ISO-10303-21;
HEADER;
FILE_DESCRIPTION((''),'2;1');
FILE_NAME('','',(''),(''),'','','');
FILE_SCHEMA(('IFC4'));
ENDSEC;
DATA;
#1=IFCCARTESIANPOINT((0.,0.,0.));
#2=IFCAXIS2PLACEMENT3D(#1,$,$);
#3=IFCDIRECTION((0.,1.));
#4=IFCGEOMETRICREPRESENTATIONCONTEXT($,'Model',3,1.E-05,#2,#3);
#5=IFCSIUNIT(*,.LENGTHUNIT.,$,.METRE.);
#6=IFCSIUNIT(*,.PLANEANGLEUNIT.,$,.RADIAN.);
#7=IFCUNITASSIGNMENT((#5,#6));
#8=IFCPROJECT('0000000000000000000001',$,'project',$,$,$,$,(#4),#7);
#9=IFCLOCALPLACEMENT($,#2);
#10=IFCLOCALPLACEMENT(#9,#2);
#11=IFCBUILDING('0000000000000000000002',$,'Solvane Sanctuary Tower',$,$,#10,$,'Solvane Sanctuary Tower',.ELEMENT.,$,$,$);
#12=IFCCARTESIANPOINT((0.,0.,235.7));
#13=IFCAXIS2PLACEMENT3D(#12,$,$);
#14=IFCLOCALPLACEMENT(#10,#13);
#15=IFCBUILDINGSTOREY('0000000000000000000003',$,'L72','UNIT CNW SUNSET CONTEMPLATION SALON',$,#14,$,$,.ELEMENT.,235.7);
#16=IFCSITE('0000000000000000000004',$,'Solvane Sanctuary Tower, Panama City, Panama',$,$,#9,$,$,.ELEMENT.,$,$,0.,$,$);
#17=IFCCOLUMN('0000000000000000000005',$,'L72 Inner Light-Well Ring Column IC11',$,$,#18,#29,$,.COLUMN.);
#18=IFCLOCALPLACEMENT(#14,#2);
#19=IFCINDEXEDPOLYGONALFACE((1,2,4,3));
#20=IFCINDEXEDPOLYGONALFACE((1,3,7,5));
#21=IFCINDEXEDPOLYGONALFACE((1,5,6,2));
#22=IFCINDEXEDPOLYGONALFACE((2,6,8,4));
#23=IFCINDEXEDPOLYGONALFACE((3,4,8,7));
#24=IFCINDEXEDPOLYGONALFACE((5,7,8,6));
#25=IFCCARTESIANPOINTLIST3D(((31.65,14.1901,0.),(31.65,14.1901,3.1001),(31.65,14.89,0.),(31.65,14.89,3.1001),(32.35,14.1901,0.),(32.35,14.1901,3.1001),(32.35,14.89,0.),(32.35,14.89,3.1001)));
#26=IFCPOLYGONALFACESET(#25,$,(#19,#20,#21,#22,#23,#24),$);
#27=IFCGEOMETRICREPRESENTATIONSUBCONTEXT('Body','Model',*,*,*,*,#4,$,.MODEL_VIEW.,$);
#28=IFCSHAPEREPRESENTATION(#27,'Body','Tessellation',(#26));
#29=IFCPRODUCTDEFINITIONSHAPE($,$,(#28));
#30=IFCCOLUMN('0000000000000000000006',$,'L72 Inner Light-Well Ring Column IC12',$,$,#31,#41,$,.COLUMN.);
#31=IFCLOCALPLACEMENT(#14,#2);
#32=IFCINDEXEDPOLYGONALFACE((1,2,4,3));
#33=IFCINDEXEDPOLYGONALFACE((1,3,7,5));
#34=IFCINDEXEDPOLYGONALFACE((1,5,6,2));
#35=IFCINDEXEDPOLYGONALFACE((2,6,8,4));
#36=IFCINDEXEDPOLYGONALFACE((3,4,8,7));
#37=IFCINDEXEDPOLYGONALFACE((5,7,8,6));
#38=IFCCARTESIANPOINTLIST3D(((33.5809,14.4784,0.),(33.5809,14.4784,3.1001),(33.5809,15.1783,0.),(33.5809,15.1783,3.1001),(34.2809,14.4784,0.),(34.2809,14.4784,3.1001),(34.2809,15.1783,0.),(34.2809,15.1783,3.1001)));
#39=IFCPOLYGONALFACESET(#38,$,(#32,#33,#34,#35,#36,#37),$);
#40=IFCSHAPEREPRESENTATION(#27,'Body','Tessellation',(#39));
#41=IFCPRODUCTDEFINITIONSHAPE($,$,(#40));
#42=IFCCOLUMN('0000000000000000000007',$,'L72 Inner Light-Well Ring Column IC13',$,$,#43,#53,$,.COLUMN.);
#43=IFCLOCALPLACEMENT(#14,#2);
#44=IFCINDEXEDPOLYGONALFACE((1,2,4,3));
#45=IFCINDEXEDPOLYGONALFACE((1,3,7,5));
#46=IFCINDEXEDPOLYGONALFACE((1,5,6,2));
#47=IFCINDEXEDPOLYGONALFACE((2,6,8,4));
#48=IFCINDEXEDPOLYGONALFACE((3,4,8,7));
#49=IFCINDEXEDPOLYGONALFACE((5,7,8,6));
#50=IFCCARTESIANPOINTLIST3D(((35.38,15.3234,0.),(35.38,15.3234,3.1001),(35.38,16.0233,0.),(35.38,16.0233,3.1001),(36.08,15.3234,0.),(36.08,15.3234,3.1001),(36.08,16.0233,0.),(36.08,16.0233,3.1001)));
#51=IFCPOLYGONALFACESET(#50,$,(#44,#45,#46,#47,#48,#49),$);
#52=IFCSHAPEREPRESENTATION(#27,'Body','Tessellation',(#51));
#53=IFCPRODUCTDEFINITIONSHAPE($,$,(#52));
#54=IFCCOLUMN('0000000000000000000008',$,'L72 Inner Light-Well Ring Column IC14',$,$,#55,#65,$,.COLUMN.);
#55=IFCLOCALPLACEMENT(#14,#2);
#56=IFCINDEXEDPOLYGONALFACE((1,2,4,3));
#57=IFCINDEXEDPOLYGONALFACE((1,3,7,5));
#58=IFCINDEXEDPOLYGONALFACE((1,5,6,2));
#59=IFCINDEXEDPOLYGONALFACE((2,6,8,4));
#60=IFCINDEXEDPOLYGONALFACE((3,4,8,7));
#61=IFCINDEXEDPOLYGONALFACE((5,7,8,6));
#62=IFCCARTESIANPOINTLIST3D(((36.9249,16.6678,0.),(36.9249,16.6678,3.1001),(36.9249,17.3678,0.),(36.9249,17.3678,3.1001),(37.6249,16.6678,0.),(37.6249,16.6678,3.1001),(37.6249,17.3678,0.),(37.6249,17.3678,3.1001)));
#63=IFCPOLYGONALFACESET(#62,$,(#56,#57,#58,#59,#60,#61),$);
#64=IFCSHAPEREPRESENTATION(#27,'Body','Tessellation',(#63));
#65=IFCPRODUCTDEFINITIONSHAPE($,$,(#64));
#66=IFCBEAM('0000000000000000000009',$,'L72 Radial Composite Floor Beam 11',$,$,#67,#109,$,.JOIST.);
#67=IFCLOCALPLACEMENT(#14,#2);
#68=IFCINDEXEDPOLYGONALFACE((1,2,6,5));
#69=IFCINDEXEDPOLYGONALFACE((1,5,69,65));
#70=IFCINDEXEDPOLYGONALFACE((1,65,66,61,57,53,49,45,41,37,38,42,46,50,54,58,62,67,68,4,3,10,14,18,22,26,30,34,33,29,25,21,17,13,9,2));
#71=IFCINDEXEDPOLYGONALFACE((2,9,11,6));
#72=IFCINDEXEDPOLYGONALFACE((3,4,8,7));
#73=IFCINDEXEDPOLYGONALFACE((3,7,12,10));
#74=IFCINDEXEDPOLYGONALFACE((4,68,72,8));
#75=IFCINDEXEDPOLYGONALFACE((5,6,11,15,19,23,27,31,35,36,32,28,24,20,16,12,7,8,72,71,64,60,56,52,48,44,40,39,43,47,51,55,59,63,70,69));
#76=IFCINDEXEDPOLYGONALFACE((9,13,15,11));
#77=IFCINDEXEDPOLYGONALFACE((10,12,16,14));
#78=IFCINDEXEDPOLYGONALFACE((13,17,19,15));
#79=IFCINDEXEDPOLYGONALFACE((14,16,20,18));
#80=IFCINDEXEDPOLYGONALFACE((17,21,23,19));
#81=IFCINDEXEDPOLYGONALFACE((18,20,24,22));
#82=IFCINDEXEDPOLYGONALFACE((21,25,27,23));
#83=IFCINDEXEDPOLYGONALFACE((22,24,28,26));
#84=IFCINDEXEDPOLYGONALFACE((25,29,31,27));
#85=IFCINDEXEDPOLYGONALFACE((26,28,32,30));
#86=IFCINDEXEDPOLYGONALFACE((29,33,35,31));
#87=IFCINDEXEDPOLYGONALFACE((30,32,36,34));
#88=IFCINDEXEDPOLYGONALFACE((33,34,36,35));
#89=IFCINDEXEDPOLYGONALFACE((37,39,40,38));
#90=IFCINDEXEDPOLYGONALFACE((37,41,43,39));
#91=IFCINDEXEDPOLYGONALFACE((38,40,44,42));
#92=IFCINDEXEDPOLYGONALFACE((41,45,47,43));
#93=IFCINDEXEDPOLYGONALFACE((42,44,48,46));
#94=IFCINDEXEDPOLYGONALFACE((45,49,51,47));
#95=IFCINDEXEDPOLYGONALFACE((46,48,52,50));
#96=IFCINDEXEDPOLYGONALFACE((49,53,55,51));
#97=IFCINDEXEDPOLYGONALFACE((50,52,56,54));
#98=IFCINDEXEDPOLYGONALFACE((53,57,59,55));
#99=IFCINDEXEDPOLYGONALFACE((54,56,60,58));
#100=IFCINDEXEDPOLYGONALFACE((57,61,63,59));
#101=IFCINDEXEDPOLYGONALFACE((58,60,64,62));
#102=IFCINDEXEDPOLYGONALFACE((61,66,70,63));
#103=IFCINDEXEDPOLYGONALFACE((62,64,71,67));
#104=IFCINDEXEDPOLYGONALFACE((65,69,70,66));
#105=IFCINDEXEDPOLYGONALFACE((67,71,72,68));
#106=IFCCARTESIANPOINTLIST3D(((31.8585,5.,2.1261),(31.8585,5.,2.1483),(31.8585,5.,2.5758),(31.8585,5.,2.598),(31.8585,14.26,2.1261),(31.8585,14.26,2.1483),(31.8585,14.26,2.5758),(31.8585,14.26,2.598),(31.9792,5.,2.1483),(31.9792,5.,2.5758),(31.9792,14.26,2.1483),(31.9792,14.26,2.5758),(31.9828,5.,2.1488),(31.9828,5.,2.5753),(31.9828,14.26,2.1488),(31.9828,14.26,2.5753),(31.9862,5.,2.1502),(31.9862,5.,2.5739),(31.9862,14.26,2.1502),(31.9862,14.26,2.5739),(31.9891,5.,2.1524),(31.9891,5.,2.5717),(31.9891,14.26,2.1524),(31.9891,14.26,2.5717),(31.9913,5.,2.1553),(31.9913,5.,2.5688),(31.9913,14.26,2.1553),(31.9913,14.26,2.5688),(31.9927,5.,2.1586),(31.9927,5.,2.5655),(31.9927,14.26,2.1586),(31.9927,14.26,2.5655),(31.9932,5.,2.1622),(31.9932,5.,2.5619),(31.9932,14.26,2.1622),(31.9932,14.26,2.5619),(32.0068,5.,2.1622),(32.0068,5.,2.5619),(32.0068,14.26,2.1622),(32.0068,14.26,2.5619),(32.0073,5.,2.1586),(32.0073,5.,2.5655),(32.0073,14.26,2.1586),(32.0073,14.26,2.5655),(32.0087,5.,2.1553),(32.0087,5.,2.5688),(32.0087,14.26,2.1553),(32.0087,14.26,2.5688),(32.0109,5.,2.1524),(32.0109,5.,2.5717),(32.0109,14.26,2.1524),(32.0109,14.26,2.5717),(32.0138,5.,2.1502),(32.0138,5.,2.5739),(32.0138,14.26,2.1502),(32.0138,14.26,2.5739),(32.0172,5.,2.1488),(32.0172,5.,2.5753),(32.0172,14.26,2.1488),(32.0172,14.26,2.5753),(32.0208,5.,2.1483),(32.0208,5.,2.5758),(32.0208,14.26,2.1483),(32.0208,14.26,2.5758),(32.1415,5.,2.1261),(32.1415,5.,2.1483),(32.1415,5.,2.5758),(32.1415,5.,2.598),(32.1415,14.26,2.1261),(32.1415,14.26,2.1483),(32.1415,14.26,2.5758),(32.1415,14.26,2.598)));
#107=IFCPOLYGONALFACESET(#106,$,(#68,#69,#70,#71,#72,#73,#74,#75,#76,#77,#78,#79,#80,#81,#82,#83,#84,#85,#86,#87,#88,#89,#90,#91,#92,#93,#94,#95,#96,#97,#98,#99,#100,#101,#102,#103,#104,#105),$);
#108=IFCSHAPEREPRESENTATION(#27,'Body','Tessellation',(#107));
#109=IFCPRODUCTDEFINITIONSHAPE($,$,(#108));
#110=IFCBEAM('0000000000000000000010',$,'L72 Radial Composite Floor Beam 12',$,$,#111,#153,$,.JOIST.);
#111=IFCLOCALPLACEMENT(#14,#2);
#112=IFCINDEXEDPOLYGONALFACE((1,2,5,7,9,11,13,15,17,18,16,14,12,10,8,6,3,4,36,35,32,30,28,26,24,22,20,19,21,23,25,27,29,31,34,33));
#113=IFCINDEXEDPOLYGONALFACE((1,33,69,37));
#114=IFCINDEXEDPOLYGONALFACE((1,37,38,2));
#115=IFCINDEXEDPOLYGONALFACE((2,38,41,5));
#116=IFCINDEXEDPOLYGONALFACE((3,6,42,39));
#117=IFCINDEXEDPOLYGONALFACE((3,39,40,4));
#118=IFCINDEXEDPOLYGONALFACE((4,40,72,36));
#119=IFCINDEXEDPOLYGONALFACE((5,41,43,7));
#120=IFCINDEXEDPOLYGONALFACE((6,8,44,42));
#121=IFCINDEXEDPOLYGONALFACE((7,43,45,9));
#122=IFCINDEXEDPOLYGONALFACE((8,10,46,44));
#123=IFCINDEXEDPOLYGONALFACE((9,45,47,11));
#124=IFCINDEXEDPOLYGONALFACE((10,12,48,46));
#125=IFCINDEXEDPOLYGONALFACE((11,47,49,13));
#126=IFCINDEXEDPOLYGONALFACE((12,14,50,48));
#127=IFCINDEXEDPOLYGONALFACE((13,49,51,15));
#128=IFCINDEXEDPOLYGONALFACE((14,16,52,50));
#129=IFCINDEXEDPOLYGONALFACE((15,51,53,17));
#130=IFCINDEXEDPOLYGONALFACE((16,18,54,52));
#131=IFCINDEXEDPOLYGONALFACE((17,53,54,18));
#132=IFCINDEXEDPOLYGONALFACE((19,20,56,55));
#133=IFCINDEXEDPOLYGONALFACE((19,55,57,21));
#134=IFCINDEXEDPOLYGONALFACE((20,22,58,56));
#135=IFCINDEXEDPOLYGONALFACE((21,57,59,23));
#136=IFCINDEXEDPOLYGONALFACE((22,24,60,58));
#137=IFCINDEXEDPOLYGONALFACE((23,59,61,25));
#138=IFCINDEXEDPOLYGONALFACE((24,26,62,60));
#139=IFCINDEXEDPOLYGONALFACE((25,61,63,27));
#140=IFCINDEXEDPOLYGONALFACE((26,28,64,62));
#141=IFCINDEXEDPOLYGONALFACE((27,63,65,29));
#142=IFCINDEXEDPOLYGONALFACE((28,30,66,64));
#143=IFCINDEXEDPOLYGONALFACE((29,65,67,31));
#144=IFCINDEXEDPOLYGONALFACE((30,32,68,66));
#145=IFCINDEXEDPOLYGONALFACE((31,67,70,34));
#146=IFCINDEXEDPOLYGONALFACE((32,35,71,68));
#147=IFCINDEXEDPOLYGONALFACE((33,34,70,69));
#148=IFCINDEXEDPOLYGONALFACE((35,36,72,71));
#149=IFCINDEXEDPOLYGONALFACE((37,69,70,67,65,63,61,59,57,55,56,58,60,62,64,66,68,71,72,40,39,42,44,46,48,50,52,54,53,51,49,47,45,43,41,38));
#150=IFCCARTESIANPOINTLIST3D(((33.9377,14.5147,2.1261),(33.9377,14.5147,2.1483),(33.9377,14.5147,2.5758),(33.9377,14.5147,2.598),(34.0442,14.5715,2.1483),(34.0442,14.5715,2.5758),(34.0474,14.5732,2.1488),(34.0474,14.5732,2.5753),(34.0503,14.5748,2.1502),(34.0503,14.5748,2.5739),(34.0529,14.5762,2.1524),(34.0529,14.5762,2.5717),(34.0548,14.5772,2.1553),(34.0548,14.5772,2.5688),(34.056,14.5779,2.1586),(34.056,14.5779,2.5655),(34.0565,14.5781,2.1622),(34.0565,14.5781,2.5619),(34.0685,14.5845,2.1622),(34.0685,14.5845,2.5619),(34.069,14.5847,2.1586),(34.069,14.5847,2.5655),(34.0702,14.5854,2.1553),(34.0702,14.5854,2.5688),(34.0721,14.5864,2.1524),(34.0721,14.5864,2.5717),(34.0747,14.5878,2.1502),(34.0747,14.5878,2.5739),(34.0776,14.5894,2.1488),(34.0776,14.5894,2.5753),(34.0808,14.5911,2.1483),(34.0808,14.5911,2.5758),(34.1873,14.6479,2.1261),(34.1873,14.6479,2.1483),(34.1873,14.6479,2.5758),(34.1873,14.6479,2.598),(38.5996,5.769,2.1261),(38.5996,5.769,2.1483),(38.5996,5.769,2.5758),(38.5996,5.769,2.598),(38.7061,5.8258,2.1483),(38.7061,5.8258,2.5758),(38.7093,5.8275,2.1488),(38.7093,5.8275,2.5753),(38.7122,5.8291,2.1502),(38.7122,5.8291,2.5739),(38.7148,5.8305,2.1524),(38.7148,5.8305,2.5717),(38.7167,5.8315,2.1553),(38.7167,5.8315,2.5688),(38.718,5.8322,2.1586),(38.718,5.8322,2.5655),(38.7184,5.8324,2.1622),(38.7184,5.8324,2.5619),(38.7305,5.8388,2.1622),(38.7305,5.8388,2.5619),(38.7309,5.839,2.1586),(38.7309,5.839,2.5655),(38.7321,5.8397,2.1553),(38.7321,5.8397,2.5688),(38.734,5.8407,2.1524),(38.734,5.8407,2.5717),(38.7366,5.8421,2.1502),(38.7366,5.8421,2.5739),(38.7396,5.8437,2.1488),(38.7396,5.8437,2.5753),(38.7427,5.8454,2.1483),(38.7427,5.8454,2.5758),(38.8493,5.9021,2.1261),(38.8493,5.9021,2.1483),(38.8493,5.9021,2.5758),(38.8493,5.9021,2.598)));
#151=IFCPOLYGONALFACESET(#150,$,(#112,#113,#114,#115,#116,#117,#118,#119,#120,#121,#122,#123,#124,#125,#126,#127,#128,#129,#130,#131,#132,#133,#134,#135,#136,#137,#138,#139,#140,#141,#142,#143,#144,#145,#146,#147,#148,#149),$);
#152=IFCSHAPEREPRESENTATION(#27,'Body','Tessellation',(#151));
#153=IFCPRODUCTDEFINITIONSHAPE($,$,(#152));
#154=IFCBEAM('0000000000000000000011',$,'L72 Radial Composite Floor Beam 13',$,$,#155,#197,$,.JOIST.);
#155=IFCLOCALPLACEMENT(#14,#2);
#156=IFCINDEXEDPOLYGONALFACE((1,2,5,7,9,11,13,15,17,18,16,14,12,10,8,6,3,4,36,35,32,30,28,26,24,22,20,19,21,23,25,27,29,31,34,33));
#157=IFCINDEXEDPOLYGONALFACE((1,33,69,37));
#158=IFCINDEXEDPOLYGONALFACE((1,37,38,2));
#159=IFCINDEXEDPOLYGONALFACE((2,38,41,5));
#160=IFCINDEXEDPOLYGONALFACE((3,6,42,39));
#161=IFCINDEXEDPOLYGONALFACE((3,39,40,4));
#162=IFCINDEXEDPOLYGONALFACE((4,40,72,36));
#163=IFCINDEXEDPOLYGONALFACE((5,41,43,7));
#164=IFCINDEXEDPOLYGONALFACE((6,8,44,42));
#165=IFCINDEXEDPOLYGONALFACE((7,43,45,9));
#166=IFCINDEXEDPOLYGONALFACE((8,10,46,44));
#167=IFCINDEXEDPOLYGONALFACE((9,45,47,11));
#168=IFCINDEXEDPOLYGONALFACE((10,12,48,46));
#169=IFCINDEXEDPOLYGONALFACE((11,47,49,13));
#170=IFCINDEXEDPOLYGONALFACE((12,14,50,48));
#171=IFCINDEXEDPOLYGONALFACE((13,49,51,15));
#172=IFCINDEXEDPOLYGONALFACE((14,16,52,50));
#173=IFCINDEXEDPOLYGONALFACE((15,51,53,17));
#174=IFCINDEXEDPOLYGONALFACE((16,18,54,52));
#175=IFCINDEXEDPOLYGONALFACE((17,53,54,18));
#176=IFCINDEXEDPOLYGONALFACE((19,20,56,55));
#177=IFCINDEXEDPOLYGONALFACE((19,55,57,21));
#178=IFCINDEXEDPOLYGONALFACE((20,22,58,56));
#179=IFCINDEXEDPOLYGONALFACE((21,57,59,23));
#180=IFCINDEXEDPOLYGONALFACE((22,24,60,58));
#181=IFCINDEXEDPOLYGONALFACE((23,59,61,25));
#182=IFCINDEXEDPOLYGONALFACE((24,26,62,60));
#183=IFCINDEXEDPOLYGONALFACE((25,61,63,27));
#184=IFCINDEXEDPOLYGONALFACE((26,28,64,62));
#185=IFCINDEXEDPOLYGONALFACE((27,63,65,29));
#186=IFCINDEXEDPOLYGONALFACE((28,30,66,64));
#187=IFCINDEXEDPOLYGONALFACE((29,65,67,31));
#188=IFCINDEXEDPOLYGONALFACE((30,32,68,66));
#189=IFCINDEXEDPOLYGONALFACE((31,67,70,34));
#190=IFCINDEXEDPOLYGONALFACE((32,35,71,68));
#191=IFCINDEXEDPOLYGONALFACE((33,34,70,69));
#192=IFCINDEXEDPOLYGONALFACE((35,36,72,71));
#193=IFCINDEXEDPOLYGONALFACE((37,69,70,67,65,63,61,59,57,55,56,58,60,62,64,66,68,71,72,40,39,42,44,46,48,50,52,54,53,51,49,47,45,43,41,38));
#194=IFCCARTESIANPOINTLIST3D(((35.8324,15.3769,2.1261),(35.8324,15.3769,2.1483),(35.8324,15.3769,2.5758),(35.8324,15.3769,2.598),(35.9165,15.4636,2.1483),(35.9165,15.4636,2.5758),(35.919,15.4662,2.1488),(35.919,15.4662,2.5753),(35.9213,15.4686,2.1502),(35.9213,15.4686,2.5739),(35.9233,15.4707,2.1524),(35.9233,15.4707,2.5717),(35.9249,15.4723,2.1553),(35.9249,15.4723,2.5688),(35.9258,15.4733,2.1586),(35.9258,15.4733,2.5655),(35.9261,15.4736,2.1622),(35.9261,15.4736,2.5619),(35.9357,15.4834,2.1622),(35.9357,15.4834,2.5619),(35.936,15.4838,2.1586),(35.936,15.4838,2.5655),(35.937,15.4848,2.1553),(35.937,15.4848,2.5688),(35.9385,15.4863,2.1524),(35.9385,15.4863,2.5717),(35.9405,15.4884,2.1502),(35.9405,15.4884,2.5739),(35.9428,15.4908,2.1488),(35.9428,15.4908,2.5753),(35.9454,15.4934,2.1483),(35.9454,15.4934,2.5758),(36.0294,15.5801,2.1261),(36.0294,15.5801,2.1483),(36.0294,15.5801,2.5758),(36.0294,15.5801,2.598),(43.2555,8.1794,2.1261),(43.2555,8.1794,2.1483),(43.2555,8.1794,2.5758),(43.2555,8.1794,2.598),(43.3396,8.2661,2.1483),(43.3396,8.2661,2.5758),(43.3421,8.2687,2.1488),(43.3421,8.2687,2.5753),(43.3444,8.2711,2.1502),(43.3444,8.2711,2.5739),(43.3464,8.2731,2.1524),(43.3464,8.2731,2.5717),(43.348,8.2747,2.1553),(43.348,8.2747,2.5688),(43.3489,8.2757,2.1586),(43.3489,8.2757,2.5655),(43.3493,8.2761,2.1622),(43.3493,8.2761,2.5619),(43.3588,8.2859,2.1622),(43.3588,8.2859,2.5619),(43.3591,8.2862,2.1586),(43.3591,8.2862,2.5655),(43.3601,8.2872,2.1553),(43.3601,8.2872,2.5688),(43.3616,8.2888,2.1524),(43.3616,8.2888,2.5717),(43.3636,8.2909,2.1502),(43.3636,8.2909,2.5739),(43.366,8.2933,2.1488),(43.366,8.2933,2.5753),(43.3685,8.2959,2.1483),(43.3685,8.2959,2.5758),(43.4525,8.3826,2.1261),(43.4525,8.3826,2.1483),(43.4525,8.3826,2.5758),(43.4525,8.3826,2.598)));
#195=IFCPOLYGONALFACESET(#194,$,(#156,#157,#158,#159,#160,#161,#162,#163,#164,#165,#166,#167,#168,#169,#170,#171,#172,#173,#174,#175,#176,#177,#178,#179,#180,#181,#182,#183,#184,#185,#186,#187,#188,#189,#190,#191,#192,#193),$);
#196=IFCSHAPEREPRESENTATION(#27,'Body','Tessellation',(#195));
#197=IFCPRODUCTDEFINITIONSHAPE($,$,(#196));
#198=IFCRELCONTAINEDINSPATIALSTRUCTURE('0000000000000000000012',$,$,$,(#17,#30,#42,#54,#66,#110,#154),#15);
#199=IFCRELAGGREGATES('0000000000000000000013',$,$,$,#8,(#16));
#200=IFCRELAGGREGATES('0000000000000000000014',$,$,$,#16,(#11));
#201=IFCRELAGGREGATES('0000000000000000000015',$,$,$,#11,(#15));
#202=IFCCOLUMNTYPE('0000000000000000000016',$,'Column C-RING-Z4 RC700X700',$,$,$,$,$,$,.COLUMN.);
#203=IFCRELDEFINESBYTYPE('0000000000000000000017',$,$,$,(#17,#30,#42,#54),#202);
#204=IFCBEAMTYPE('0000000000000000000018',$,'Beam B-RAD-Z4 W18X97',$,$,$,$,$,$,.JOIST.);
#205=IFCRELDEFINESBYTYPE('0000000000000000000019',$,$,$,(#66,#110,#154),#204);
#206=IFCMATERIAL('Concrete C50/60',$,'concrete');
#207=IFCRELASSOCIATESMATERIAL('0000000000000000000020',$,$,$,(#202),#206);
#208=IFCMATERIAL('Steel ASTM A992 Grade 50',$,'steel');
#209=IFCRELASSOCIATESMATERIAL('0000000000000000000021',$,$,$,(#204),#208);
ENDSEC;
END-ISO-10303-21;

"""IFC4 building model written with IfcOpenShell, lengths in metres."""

from ifc_helpers import new_model, si_unit, direction, frame, origin, origin_2d, place, context, subcontext, project, spatial, rectangle, i_section, extrude, material, material_profile, profile_set, type_object, element, save


model = new_model("IFC4")

# Units and contexts
model_context = context("Model", 3, precision=1e-05, world=origin(), true_north=direction((0.0, 1.0)))
body_context = subcontext(model_context, "Body", "Model", "MODEL_VIEW")
ifc_project = project(units=[si_unit("LENGTHUNIT", "METRE"), si_unit("PLANEANGLEUNIT", "RADIAN")], contexts=[model_context])

# Site, building, storey
site_placement = place(None, origin())
site = spatial("IfcSite", under=ifc_project, at=site_placement, Name="Solvane Sanctuary Tower, Panama City, Panama", CompositionType="ELEMENT", RefElevation=0.0)
building_placement = place(site_placement, origin())
building = spatial("IfcBuilding", under=site, at=building_placement, Name="Solvane Sanctuary Tower", LongName="Solvane Sanctuary Tower", CompositionType="ELEMENT")
storey_placement = place(building_placement, frame((0.0, 0.0, 235.7)))
storey = spatial("IfcBuildingStorey", under=building, at=storey_placement, Name="L72", Description="UNIT CNW SUNSET CONTEMPLATION SALON", CompositionType="ELEMENT", Elevation=235.7)

# Columns
ifc_material_1 = material(Name="Concrete C50/60", Category="concrete")
ifc_material_profile_1 = material_profile(ifc_material_1, rectangle(XDim=0.7, YDim=0.7, at=origin_2d()), Name="RC700X700")
ifc_profile_set_1 = profile_set([ifc_material_profile_1], Name="Concrete C50/60")
column_type = type_object("IfcColumnType", Name="Column C-RING-Z4 RC700X700", PredefinedType="COLUMN", material=ifc_profile_set_1)
for number, where, z_axis, x_axis, name in (
    (1, (32.0, 14.54, 0.0), (0.0, 0.0, 1.0), (1.0, 0.0, 0.0), "L72 Inner Light-Well Ring Column IC11"),
    (2, (33.9309, 14.8284, 0.0), (0.0, 0.0, 1.0), (1.0, 0.0, 0.0), "L72 Inner Light-Well Ring Column IC12"),
    (3, (35.73, 15.6733, 0.0), (0.0, 0.0, 1.0), (1.0, 0.0, 0.0), "L72 Inner Light-Well Ring Column IC13"),
    (4, (37.2749, 17.0178, 0.0), (0.0, 0.0, 1.0), (1.0, 0.0, 0.0), "L72 Inner Light-Well Ring Column IC14"),
):
    element("IfcColumn", number, at=place(storey_placement, frame(where, z_axis=z_axis, x_axis=x_axis)), inside=storey, type_object=column_type, Name=name, PredefinedType="COLUMN", context=body_context, shape_type="SweptSolid", body=[
        extrude(rectangle(XDim=0.7, YDim=0.7, at=origin_2d()), origin(), (0.0, 0.0, 1.0), 3.1001),
    ])

# Beams
ifc_material_2 = material(Name="Steel ASTM A992 Grade 50", Category="steel")
ifc_material_profile_2 = material_profile(ifc_material_2, i_section(OverallWidth=0.283, OverallDepth=0.4719, WebThickness=0.0137, FlangeThickness=0.0222, FilletRadius=0.0139, at=origin_2d()), Name="W18X97")
ifc_profile_set_2 = profile_set([ifc_material_profile_2], Name="Steel ASTM A992 Grade 50")
beam_type_1 = type_object("IfcBeamType", Name="Beam B-RAD-Z4 W18X97", PredefinedType="JOIST", material=ifc_profile_set_2)
beam_1_placement = place(storey_placement, frame((32.0, 14.26, 2.3621), z_axis=(0.0, -1.0, 0.0), x_axis=(1.0, 0.0, 0.0)))
element("IfcBeam", 5, at=beam_1_placement, inside=storey, type_object=beam_type_1, Name="L72 Radial Composite Floor Beam 11", PredefinedType="JOIST", context=body_context, shape_type="SweptSolid", body=[
    extrude(i_section(OverallWidth=0.283, OverallDepth=0.4719, WebThickness=0.0137, FlangeThickness=0.0222, FilletRadius=0.0139, at=origin_2d()), origin(), (0.0, 0.0, 1.0), 9.26),
])
beam_2_placement = place(storey_placement, frame((34.0625, 14.5813, 2.3621), z_axis=(0.470395, -0.882456, 0.0), x_axis=(0.882456, 0.470395, 0.0)))
element("IfcBeam", 6, at=beam_2_placement, inside=storey, type_object=beam_type_1, Name="L72 Radial Composite Floor Beam 12", PredefinedType="JOIST", context=body_context, shape_type="SweptSolid", body=[
    extrude(i_section(OverallWidth=0.283, OverallDepth=0.4719, WebThickness=0.0137, FlangeThickness=0.0222, FilletRadius=0.0139, at=origin_2d()), origin(), (0.0, 0.0, 1.0), 9.9106),
])
beam_3_placement = place(storey_placement, frame((35.9309, 15.4785, 2.3621), z_axis=(0.717932, -0.696114, 0.0), x_axis=(0.696114, 0.717932, 0.0)))
element("IfcBeam", 7, at=beam_3_placement, inside=storey, type_object=beam_type_1, Name="L72 Radial Composite Floor Beam 13", PredefinedType="JOIST", context=body_context, shape_type="SweptSolid", body=[
    extrude(i_section(OverallWidth=0.283, OverallDepth=0.4719, WebThickness=0.0137, FlangeThickness=0.0222, FilletRadius=0.0139, at=origin_2d()), origin(), (0.0, 0.0, 1.0), 10.3396),
])

save(model, "model.ifc")
